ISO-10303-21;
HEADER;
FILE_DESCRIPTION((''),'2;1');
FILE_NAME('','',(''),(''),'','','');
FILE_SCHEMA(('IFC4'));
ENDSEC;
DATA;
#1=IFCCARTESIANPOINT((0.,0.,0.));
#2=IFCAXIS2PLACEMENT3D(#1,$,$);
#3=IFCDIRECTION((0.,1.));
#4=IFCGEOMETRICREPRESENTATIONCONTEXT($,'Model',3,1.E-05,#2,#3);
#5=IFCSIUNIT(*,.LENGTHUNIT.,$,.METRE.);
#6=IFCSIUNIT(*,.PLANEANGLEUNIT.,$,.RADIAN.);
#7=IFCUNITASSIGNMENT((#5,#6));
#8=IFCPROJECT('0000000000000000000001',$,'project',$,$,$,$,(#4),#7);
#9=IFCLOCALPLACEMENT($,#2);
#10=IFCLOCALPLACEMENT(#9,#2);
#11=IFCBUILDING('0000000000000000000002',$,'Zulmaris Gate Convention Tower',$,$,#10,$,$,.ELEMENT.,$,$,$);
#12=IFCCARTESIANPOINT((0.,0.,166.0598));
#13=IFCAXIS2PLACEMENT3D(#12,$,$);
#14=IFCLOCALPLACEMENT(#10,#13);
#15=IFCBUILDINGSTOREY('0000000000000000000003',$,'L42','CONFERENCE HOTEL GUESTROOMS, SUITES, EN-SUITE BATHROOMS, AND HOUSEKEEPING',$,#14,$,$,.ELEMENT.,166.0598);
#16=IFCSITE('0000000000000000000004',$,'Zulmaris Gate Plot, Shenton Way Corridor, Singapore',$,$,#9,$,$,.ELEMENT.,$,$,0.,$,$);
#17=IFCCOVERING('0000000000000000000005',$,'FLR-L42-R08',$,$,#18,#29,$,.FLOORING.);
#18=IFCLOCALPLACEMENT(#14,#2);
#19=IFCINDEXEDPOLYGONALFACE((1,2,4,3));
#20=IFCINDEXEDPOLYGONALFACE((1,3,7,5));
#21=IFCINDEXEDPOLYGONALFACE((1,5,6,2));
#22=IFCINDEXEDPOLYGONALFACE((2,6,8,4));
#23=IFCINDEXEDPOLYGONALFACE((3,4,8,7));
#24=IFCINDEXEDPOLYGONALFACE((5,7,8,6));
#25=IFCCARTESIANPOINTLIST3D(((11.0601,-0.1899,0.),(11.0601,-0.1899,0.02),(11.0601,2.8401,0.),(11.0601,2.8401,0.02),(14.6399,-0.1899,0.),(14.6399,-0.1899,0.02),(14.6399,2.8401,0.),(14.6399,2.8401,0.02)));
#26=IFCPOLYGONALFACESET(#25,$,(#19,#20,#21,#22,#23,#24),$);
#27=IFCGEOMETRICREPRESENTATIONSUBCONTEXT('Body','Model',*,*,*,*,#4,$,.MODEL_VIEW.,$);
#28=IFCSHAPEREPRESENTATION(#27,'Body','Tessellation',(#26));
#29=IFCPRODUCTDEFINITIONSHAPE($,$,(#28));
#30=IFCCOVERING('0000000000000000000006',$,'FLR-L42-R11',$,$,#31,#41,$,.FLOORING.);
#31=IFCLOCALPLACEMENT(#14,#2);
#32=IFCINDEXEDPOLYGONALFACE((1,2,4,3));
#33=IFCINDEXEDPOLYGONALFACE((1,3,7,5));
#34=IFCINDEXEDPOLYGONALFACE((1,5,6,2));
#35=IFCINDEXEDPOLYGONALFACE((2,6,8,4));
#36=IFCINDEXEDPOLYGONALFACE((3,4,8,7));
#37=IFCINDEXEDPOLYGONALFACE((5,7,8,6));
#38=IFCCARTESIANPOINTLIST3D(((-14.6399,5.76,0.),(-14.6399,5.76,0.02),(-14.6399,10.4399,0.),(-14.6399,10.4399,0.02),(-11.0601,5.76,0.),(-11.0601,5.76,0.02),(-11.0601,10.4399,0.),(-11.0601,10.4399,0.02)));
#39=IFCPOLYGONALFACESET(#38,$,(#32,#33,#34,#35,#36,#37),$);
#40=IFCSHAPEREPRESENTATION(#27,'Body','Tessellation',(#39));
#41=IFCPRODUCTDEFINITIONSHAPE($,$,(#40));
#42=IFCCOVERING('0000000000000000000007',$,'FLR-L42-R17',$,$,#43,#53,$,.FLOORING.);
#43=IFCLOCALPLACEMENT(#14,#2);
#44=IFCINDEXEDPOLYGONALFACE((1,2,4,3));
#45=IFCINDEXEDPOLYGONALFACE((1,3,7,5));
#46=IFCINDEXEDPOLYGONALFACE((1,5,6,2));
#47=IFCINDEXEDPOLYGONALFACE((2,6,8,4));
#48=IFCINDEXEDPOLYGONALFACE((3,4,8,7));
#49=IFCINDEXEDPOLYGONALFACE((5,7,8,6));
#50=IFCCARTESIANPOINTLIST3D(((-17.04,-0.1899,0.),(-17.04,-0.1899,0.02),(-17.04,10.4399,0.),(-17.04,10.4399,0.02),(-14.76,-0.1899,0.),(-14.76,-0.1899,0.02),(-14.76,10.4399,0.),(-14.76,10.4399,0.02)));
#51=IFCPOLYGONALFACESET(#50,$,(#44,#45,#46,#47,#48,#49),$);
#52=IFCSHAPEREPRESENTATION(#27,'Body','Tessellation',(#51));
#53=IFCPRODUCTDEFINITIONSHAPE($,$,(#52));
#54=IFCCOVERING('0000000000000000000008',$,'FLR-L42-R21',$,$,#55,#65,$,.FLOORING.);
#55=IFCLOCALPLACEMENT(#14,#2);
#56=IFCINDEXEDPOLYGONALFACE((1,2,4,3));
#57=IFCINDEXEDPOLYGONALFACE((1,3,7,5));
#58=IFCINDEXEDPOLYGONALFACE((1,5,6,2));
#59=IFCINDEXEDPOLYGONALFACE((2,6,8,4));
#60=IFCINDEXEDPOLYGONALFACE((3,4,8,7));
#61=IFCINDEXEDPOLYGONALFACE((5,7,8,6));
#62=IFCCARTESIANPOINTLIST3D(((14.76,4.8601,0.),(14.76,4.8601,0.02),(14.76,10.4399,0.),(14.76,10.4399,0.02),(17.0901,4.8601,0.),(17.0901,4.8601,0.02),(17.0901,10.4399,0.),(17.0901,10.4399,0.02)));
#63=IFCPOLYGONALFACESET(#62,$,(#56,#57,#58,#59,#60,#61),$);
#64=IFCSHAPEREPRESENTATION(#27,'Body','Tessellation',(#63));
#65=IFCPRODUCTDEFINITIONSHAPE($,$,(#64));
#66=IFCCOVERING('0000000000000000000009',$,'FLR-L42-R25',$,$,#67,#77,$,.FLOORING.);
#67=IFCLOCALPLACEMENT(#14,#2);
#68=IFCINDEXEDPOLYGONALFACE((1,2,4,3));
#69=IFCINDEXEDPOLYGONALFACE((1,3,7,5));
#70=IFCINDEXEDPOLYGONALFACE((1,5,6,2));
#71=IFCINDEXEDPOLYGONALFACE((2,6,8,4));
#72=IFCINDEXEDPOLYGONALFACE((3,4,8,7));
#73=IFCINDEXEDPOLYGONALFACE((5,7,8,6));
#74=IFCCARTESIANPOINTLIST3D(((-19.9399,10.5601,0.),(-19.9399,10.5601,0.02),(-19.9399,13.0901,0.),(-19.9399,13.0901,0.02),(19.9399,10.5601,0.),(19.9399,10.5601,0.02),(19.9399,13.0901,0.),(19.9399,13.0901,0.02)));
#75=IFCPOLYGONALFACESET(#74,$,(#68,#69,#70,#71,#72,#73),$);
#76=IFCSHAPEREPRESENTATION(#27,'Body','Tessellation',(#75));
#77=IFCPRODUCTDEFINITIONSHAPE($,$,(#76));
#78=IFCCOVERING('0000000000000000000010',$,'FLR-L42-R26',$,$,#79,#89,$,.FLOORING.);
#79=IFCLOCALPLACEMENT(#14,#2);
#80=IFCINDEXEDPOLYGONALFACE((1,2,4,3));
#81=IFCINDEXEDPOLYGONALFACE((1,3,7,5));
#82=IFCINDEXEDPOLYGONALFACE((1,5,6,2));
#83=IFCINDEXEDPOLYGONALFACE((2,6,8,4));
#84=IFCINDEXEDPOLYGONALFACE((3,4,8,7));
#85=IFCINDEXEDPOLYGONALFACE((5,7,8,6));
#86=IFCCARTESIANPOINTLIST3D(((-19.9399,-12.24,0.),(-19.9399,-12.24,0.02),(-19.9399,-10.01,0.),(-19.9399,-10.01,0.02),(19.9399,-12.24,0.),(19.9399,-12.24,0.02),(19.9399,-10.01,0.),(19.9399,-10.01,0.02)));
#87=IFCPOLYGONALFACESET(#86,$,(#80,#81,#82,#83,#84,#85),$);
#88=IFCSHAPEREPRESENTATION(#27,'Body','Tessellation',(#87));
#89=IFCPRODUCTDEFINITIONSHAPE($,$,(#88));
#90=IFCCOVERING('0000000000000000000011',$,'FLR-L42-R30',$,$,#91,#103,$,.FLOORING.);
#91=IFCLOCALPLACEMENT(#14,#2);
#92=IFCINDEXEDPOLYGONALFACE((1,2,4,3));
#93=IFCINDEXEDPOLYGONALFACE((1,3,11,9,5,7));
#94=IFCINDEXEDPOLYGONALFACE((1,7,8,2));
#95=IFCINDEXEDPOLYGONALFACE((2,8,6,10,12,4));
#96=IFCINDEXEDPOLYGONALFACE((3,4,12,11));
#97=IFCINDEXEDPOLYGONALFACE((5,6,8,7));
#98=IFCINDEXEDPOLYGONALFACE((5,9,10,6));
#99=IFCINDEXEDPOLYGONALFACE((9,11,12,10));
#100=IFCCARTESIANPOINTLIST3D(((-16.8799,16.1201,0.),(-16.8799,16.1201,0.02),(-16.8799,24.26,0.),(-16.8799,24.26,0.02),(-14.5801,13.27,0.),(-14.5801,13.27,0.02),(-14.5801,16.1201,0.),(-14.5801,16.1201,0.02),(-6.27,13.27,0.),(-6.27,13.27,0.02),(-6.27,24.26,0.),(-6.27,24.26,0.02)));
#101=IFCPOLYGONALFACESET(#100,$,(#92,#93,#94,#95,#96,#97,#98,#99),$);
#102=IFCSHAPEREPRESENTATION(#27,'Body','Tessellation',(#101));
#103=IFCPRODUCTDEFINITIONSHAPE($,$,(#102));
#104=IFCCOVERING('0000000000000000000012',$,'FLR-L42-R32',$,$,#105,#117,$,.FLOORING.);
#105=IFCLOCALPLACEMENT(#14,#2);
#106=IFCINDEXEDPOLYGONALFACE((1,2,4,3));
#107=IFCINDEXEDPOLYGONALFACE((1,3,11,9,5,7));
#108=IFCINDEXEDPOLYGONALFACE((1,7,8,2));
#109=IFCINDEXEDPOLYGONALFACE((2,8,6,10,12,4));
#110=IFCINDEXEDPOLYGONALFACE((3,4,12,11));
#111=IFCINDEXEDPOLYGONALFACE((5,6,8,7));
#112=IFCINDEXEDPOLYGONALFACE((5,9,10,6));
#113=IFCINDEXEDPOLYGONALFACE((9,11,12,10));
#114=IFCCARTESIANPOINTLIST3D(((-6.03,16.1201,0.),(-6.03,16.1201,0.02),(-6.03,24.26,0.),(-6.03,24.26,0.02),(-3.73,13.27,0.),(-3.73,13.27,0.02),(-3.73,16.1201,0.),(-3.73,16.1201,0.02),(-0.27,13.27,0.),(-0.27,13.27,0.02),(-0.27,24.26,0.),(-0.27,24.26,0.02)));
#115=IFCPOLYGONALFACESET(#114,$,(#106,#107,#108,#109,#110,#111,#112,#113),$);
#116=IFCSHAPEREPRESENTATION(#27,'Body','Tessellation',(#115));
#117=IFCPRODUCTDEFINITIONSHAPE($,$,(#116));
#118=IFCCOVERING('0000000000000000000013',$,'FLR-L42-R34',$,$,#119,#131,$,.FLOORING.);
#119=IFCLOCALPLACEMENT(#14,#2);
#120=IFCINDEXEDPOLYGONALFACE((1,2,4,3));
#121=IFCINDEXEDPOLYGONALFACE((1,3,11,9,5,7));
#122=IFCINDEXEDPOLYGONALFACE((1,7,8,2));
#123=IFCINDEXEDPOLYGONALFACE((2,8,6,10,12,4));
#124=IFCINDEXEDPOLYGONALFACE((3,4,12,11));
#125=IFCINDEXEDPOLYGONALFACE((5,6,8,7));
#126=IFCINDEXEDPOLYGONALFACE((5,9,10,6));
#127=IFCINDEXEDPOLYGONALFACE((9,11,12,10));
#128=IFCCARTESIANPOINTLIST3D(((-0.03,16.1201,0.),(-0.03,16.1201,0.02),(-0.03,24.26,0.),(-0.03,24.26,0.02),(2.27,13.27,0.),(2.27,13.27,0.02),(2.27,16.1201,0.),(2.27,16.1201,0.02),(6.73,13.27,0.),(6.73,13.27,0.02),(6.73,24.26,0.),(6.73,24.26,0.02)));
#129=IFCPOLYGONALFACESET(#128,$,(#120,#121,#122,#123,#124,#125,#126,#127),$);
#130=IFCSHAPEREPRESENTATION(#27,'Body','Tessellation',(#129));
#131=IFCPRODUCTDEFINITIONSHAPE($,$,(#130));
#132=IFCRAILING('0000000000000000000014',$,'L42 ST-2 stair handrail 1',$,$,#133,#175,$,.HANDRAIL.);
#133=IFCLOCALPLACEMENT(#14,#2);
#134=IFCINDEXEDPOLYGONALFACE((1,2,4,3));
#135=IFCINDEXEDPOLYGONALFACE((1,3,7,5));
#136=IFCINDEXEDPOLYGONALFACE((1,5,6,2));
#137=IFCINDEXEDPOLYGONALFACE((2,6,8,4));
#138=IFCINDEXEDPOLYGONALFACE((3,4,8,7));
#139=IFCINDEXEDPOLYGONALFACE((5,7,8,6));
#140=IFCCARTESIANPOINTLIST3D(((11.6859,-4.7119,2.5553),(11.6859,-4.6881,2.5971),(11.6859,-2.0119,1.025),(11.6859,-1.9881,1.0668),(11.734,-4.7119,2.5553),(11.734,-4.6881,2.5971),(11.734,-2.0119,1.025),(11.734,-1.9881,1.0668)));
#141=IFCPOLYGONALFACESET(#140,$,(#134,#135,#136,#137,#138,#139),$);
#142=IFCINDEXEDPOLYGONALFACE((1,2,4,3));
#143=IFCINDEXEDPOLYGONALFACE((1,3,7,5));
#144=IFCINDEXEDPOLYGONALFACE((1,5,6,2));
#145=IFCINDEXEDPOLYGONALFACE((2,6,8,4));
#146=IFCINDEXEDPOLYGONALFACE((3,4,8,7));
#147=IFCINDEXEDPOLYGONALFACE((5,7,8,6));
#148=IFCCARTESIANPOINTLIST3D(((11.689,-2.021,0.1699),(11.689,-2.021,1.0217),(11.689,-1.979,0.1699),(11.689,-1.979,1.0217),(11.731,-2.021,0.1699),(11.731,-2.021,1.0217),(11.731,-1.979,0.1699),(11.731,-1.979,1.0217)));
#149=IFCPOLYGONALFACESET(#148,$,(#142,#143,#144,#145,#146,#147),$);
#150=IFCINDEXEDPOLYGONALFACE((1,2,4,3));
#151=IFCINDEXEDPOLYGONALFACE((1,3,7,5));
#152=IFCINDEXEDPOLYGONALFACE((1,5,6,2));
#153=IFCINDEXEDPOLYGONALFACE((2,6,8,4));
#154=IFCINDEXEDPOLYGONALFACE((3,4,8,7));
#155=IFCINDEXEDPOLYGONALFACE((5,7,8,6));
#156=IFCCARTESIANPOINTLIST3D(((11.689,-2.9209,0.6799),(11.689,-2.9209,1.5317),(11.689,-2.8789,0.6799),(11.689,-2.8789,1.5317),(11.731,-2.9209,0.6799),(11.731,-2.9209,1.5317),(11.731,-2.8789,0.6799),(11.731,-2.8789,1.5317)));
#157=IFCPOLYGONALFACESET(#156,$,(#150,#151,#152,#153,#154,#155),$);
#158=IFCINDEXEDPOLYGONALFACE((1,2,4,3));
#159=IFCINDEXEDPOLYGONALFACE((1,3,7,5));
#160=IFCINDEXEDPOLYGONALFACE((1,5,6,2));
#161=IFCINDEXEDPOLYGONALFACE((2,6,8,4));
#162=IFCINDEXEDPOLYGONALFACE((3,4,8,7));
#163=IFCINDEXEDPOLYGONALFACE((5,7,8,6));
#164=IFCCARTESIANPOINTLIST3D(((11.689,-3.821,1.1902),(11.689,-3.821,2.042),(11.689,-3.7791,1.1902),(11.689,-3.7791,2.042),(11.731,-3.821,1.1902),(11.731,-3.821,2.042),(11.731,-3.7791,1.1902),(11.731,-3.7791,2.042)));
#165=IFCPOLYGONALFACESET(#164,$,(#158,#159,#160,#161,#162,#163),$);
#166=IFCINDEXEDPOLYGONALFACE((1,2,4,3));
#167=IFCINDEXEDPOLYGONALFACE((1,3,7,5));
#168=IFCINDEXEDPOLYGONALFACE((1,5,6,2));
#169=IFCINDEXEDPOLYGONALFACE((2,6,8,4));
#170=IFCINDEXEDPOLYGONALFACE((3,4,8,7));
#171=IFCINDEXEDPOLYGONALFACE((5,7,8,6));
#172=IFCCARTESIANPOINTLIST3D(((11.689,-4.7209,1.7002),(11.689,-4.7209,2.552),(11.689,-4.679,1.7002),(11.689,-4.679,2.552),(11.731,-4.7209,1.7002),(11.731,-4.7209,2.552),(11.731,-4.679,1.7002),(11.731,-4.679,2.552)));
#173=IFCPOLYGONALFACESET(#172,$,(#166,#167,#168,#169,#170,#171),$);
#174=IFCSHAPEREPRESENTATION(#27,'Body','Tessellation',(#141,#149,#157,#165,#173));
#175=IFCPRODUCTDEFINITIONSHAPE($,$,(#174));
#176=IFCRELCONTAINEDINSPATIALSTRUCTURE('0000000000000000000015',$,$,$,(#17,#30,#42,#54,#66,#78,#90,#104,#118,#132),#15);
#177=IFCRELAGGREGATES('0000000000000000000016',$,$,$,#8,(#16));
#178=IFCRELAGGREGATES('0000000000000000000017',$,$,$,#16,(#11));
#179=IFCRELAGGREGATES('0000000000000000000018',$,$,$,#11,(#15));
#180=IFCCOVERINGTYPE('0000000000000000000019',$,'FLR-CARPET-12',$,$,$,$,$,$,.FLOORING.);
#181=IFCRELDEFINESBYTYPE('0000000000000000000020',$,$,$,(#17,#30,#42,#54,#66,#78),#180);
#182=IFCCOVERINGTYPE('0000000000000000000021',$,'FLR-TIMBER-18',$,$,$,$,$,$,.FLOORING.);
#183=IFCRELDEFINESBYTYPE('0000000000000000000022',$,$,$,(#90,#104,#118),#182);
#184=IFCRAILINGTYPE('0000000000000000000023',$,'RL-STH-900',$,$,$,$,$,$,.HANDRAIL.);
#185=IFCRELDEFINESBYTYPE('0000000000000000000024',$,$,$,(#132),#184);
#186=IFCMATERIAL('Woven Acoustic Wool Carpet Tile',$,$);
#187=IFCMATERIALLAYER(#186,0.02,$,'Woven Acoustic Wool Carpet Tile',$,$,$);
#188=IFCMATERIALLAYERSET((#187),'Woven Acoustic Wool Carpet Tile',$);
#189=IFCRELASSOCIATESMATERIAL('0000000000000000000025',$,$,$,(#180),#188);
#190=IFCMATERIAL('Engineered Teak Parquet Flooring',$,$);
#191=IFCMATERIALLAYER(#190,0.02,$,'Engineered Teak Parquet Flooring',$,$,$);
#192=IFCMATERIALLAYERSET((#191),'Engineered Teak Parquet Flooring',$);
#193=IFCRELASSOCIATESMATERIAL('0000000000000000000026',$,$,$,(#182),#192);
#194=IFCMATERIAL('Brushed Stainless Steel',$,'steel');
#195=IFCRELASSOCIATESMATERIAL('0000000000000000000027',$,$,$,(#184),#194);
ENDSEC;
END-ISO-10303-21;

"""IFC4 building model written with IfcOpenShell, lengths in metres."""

from ifc_helpers import new_model, si_unit, direction, frame, origin, origin_2d, place, context, subcontext, project, spatial, polyline, rectangle, outline, extrude, material, layer, layer_set, type_object, element, save


model = new_model("IFC4")

# Units and contexts
model_context = context("Model", 3, precision=1e-05, world=origin(), true_north=direction((0.0, 1.0)))
body_context = subcontext(model_context, "Body", "Model", "MODEL_VIEW")
ifc_project = project(units=[si_unit("LENGTHUNIT", "METRE"), si_unit("PLANEANGLEUNIT", "RADIAN")], contexts=[model_context])

# Site, building, storey
site_placement = place(None, origin())
site = spatial("IfcSite", under=ifc_project, at=site_placement, Name="Zulmaris Gate Plot, Shenton Way Corridor, Singapore", CompositionType="ELEMENT", RefElevation=0.0)
building_placement = place(site_placement, origin())
building = spatial("IfcBuilding", under=site, at=building_placement, Name="Zulmaris Gate Convention Tower", CompositionType="ELEMENT")
storey_placement = place(building_placement, frame((0.0, 0.0, 166.0598)))
storey = spatial("IfcBuildingStorey", under=building, at=storey_placement, Name="L42", Description="CONFERENCE HOTEL GUESTROOMS, SUITES, EN-SUITE BATHROOMS, AND HOUSEKEEPING", CompositionType="ELEMENT", Elevation=166.0598)

# Coverings
ifc_material_1 = material(Name="Woven Acoustic Wool Carpet Tile")
ifc_layer_1 = layer(ifc_material_1, 0.02, Name="Woven Acoustic Wool Carpet Tile")
ifc_layer_set_1 = layer_set([ifc_layer_1], Name="Woven Acoustic Wool Carpet Tile")
covering_type_1 = type_object("IfcCoveringType", Name="FLR-CARPET-12", PredefinedType="FLOORING", material=ifc_layer_set_1)
covering_1_placement = place(storey_placement, origin())
element("IfcCovering", 1, at=covering_1_placement, inside=storey, type_object=covering_type_1, Name="FLR-L42-R08", PredefinedType="FLOORING", context=body_context, shape_type="SweptSolid", body=[
    extrude(outline(polyline([(11.0601, -0.1899), (14.6399, -0.1899), (14.6399, 2.8401), (11.0601, 2.8401), (11.0601, -0.1899)])), origin(), (0.0, 0.0, 1.0), 0.02),
])
covering_2_placement = place(storey_placement, origin())
element("IfcCovering", 2, at=covering_2_placement, inside=storey, type_object=covering_type_1, Name="FLR-L42-R11", PredefinedType="FLOORING", context=body_context, shape_type="SweptSolid", body=[
    extrude(outline(polyline([(-14.6399, 5.76), (-11.0601, 5.76), (-11.0601, 10.4399), (-14.6399, 10.4399), (-14.6399, 5.76)])), origin(), (0.0, 0.0, 1.0), 0.02),
])
covering_3_placement = place(storey_placement, origin())
element("IfcCovering", 3, at=covering_3_placement, inside=storey, type_object=covering_type_1, Name="FLR-L42-R17", PredefinedType="FLOORING", context=body_context, shape_type="SweptSolid", body=[
    extrude(outline(polyline([(-17.04, -0.1899), (-14.76, -0.1899), (-14.76, 10.4399), (-17.04, 10.4399), (-17.04, -0.1899)])), origin(), (0.0, 0.0, 1.0), 0.02),
])
covering_4_placement = place(storey_placement, origin())
element("IfcCovering", 4, at=covering_4_placement, inside=storey, type_object=covering_type_1, Name="FLR-L42-R21", PredefinedType="FLOORING", context=body_context, shape_type="SweptSolid", body=[
    extrude(outline(polyline([(14.76, 4.8601), (17.0901, 4.8601), (17.0901, 10.4399), (14.76, 10.4399), (14.76, 4.8601)])), origin(), (0.0, 0.0, 1.0), 0.02),
])
covering_5_placement = place(storey_placement, origin())
element("IfcCovering", 5, at=covering_5_placement, inside=storey, type_object=covering_type_1, Name="FLR-L42-R25", PredefinedType="FLOORING", context=body_context, shape_type="SweptSolid", body=[
    extrude(outline(polyline([(-19.9399, 10.5601), (19.9399, 10.5601), (19.9399, 13.0901), (-19.9399, 13.0901), (-19.9399, 10.5601)])), origin(), (0.0, 0.0, 1.0), 0.02),
])
covering_6_placement = place(storey_placement, origin())
element("IfcCovering", 6, at=covering_6_placement, inside=storey, type_object=covering_type_1, Name="FLR-L42-R26", PredefinedType="FLOORING", context=body_context, shape_type="SweptSolid", body=[
    extrude(outline(polyline([(-19.9399, -12.24), (19.9399, -12.24), (19.9399, -10.01), (-19.9399, -10.01), (-19.9399, -12.24)])), origin(), (0.0, 0.0, 1.0), 0.02),
])
ifc_material_2 = material(Name="Engineered Teak Parquet Flooring")
ifc_layer_2 = layer(ifc_material_2, 0.02, Name="Engineered Teak Parquet Flooring")
ifc_layer_set_2 = layer_set([ifc_layer_2], Name="Engineered Teak Parquet Flooring")
covering_type_2 = type_object("IfcCoveringType", Name="FLR-TIMBER-18", PredefinedType="FLOORING", material=ifc_layer_set_2)
covering_7_placement = place(storey_placement, origin())
element("IfcCovering", 7, at=covering_7_placement, inside=storey, type_object=covering_type_2, Name="FLR-L42-R30", PredefinedType="FLOORING", context=body_context, shape_type="SweptSolid", body=[
    extrude(outline(polyline([(-14.5801, 13.27), (-6.27, 13.27), (-6.27, 24.26), (-16.8799, 24.26), (-16.8799, 16.1201), (-14.5801, 16.1201), (-14.5801, 13.27)])), origin(), (0.0, 0.0, 1.0), 0.02),
])
covering_8_placement = place(storey_placement, origin())
element("IfcCovering", 8, at=covering_8_placement, inside=storey, type_object=covering_type_2, Name="FLR-L42-R32", PredefinedType="FLOORING", context=body_context, shape_type="SweptSolid", body=[
    extrude(outline(polyline([(-3.73, 13.27), (-0.27, 13.27), (-0.27, 24.26), (-6.03, 24.26), (-6.03, 16.1201), (-3.73, 16.1201), (-3.73, 13.27)])), origin(), (0.0, 0.0, 1.0), 0.02),
])
covering_9_placement = place(storey_placement, origin())
element("IfcCovering", 9, at=covering_9_placement, inside=storey, type_object=covering_type_2, Name="FLR-L42-R34", PredefinedType="FLOORING", context=body_context, shape_type="SweptSolid", body=[
    extrude(outline(polyline([(2.27, 13.27), (6.73, 13.27), (6.73, 24.26), (-0.03, 24.26), (-0.03, 16.1201), (2.27, 16.1201), (2.27, 13.27)])), origin(), (0.0, 0.0, 1.0), 0.02),
])

# Railing
ifc_material_3 = material(Name="Brushed Stainless Steel", Category="steel")
railing_type = type_object("IfcRailingType", Name="RL-STH-900", PredefinedType="HANDRAIL", material=ifc_material_3)
railing_placement = place(storey_placement, frame((11.71, -2.0, 0.1699)))
element("IfcRailing", 10, at=railing_placement, inside=storey, type_object=railing_type, Name="L42 ST-2 stair handrail 1", PredefinedType="HANDRAIL", context=body_context, shape_type="SweptSolid", body=[
    extrude(rectangle(XDim=0.0481, YDim=0.0481, at=origin_2d()), frame((0.0, 0.0, 0.876), z_axis=(0.0, -0.869981, 0.493086), x_axis=(1.0, 0.0, 0.0)), (0.0, 0.0, 1.0), 3.1035),
    extrude(rectangle(XDim=0.042, YDim=0.042, at=origin_2d()), origin(), (0.0, 0.0, 1.0), 0.8518),
    extrude(rectangle(XDim=0.042, YDim=0.042, at=origin_2d()), frame((0.0, -0.8999, 0.51)), (0.0, 0.0, 1.0), 0.8518),
    extrude(rectangle(XDim=0.042, YDim=0.042, at=origin_2d()), frame((0.0, -1.8, 1.0203)), (0.0, 0.0, 1.0), 0.8518),
    extrude(rectangle(XDim=0.042, YDim=0.042, at=origin_2d()), frame((0.0, -2.7, 1.5303)), (0.0, 0.0, 1.0), 0.8518),
])

save(model, "model.ifc")
